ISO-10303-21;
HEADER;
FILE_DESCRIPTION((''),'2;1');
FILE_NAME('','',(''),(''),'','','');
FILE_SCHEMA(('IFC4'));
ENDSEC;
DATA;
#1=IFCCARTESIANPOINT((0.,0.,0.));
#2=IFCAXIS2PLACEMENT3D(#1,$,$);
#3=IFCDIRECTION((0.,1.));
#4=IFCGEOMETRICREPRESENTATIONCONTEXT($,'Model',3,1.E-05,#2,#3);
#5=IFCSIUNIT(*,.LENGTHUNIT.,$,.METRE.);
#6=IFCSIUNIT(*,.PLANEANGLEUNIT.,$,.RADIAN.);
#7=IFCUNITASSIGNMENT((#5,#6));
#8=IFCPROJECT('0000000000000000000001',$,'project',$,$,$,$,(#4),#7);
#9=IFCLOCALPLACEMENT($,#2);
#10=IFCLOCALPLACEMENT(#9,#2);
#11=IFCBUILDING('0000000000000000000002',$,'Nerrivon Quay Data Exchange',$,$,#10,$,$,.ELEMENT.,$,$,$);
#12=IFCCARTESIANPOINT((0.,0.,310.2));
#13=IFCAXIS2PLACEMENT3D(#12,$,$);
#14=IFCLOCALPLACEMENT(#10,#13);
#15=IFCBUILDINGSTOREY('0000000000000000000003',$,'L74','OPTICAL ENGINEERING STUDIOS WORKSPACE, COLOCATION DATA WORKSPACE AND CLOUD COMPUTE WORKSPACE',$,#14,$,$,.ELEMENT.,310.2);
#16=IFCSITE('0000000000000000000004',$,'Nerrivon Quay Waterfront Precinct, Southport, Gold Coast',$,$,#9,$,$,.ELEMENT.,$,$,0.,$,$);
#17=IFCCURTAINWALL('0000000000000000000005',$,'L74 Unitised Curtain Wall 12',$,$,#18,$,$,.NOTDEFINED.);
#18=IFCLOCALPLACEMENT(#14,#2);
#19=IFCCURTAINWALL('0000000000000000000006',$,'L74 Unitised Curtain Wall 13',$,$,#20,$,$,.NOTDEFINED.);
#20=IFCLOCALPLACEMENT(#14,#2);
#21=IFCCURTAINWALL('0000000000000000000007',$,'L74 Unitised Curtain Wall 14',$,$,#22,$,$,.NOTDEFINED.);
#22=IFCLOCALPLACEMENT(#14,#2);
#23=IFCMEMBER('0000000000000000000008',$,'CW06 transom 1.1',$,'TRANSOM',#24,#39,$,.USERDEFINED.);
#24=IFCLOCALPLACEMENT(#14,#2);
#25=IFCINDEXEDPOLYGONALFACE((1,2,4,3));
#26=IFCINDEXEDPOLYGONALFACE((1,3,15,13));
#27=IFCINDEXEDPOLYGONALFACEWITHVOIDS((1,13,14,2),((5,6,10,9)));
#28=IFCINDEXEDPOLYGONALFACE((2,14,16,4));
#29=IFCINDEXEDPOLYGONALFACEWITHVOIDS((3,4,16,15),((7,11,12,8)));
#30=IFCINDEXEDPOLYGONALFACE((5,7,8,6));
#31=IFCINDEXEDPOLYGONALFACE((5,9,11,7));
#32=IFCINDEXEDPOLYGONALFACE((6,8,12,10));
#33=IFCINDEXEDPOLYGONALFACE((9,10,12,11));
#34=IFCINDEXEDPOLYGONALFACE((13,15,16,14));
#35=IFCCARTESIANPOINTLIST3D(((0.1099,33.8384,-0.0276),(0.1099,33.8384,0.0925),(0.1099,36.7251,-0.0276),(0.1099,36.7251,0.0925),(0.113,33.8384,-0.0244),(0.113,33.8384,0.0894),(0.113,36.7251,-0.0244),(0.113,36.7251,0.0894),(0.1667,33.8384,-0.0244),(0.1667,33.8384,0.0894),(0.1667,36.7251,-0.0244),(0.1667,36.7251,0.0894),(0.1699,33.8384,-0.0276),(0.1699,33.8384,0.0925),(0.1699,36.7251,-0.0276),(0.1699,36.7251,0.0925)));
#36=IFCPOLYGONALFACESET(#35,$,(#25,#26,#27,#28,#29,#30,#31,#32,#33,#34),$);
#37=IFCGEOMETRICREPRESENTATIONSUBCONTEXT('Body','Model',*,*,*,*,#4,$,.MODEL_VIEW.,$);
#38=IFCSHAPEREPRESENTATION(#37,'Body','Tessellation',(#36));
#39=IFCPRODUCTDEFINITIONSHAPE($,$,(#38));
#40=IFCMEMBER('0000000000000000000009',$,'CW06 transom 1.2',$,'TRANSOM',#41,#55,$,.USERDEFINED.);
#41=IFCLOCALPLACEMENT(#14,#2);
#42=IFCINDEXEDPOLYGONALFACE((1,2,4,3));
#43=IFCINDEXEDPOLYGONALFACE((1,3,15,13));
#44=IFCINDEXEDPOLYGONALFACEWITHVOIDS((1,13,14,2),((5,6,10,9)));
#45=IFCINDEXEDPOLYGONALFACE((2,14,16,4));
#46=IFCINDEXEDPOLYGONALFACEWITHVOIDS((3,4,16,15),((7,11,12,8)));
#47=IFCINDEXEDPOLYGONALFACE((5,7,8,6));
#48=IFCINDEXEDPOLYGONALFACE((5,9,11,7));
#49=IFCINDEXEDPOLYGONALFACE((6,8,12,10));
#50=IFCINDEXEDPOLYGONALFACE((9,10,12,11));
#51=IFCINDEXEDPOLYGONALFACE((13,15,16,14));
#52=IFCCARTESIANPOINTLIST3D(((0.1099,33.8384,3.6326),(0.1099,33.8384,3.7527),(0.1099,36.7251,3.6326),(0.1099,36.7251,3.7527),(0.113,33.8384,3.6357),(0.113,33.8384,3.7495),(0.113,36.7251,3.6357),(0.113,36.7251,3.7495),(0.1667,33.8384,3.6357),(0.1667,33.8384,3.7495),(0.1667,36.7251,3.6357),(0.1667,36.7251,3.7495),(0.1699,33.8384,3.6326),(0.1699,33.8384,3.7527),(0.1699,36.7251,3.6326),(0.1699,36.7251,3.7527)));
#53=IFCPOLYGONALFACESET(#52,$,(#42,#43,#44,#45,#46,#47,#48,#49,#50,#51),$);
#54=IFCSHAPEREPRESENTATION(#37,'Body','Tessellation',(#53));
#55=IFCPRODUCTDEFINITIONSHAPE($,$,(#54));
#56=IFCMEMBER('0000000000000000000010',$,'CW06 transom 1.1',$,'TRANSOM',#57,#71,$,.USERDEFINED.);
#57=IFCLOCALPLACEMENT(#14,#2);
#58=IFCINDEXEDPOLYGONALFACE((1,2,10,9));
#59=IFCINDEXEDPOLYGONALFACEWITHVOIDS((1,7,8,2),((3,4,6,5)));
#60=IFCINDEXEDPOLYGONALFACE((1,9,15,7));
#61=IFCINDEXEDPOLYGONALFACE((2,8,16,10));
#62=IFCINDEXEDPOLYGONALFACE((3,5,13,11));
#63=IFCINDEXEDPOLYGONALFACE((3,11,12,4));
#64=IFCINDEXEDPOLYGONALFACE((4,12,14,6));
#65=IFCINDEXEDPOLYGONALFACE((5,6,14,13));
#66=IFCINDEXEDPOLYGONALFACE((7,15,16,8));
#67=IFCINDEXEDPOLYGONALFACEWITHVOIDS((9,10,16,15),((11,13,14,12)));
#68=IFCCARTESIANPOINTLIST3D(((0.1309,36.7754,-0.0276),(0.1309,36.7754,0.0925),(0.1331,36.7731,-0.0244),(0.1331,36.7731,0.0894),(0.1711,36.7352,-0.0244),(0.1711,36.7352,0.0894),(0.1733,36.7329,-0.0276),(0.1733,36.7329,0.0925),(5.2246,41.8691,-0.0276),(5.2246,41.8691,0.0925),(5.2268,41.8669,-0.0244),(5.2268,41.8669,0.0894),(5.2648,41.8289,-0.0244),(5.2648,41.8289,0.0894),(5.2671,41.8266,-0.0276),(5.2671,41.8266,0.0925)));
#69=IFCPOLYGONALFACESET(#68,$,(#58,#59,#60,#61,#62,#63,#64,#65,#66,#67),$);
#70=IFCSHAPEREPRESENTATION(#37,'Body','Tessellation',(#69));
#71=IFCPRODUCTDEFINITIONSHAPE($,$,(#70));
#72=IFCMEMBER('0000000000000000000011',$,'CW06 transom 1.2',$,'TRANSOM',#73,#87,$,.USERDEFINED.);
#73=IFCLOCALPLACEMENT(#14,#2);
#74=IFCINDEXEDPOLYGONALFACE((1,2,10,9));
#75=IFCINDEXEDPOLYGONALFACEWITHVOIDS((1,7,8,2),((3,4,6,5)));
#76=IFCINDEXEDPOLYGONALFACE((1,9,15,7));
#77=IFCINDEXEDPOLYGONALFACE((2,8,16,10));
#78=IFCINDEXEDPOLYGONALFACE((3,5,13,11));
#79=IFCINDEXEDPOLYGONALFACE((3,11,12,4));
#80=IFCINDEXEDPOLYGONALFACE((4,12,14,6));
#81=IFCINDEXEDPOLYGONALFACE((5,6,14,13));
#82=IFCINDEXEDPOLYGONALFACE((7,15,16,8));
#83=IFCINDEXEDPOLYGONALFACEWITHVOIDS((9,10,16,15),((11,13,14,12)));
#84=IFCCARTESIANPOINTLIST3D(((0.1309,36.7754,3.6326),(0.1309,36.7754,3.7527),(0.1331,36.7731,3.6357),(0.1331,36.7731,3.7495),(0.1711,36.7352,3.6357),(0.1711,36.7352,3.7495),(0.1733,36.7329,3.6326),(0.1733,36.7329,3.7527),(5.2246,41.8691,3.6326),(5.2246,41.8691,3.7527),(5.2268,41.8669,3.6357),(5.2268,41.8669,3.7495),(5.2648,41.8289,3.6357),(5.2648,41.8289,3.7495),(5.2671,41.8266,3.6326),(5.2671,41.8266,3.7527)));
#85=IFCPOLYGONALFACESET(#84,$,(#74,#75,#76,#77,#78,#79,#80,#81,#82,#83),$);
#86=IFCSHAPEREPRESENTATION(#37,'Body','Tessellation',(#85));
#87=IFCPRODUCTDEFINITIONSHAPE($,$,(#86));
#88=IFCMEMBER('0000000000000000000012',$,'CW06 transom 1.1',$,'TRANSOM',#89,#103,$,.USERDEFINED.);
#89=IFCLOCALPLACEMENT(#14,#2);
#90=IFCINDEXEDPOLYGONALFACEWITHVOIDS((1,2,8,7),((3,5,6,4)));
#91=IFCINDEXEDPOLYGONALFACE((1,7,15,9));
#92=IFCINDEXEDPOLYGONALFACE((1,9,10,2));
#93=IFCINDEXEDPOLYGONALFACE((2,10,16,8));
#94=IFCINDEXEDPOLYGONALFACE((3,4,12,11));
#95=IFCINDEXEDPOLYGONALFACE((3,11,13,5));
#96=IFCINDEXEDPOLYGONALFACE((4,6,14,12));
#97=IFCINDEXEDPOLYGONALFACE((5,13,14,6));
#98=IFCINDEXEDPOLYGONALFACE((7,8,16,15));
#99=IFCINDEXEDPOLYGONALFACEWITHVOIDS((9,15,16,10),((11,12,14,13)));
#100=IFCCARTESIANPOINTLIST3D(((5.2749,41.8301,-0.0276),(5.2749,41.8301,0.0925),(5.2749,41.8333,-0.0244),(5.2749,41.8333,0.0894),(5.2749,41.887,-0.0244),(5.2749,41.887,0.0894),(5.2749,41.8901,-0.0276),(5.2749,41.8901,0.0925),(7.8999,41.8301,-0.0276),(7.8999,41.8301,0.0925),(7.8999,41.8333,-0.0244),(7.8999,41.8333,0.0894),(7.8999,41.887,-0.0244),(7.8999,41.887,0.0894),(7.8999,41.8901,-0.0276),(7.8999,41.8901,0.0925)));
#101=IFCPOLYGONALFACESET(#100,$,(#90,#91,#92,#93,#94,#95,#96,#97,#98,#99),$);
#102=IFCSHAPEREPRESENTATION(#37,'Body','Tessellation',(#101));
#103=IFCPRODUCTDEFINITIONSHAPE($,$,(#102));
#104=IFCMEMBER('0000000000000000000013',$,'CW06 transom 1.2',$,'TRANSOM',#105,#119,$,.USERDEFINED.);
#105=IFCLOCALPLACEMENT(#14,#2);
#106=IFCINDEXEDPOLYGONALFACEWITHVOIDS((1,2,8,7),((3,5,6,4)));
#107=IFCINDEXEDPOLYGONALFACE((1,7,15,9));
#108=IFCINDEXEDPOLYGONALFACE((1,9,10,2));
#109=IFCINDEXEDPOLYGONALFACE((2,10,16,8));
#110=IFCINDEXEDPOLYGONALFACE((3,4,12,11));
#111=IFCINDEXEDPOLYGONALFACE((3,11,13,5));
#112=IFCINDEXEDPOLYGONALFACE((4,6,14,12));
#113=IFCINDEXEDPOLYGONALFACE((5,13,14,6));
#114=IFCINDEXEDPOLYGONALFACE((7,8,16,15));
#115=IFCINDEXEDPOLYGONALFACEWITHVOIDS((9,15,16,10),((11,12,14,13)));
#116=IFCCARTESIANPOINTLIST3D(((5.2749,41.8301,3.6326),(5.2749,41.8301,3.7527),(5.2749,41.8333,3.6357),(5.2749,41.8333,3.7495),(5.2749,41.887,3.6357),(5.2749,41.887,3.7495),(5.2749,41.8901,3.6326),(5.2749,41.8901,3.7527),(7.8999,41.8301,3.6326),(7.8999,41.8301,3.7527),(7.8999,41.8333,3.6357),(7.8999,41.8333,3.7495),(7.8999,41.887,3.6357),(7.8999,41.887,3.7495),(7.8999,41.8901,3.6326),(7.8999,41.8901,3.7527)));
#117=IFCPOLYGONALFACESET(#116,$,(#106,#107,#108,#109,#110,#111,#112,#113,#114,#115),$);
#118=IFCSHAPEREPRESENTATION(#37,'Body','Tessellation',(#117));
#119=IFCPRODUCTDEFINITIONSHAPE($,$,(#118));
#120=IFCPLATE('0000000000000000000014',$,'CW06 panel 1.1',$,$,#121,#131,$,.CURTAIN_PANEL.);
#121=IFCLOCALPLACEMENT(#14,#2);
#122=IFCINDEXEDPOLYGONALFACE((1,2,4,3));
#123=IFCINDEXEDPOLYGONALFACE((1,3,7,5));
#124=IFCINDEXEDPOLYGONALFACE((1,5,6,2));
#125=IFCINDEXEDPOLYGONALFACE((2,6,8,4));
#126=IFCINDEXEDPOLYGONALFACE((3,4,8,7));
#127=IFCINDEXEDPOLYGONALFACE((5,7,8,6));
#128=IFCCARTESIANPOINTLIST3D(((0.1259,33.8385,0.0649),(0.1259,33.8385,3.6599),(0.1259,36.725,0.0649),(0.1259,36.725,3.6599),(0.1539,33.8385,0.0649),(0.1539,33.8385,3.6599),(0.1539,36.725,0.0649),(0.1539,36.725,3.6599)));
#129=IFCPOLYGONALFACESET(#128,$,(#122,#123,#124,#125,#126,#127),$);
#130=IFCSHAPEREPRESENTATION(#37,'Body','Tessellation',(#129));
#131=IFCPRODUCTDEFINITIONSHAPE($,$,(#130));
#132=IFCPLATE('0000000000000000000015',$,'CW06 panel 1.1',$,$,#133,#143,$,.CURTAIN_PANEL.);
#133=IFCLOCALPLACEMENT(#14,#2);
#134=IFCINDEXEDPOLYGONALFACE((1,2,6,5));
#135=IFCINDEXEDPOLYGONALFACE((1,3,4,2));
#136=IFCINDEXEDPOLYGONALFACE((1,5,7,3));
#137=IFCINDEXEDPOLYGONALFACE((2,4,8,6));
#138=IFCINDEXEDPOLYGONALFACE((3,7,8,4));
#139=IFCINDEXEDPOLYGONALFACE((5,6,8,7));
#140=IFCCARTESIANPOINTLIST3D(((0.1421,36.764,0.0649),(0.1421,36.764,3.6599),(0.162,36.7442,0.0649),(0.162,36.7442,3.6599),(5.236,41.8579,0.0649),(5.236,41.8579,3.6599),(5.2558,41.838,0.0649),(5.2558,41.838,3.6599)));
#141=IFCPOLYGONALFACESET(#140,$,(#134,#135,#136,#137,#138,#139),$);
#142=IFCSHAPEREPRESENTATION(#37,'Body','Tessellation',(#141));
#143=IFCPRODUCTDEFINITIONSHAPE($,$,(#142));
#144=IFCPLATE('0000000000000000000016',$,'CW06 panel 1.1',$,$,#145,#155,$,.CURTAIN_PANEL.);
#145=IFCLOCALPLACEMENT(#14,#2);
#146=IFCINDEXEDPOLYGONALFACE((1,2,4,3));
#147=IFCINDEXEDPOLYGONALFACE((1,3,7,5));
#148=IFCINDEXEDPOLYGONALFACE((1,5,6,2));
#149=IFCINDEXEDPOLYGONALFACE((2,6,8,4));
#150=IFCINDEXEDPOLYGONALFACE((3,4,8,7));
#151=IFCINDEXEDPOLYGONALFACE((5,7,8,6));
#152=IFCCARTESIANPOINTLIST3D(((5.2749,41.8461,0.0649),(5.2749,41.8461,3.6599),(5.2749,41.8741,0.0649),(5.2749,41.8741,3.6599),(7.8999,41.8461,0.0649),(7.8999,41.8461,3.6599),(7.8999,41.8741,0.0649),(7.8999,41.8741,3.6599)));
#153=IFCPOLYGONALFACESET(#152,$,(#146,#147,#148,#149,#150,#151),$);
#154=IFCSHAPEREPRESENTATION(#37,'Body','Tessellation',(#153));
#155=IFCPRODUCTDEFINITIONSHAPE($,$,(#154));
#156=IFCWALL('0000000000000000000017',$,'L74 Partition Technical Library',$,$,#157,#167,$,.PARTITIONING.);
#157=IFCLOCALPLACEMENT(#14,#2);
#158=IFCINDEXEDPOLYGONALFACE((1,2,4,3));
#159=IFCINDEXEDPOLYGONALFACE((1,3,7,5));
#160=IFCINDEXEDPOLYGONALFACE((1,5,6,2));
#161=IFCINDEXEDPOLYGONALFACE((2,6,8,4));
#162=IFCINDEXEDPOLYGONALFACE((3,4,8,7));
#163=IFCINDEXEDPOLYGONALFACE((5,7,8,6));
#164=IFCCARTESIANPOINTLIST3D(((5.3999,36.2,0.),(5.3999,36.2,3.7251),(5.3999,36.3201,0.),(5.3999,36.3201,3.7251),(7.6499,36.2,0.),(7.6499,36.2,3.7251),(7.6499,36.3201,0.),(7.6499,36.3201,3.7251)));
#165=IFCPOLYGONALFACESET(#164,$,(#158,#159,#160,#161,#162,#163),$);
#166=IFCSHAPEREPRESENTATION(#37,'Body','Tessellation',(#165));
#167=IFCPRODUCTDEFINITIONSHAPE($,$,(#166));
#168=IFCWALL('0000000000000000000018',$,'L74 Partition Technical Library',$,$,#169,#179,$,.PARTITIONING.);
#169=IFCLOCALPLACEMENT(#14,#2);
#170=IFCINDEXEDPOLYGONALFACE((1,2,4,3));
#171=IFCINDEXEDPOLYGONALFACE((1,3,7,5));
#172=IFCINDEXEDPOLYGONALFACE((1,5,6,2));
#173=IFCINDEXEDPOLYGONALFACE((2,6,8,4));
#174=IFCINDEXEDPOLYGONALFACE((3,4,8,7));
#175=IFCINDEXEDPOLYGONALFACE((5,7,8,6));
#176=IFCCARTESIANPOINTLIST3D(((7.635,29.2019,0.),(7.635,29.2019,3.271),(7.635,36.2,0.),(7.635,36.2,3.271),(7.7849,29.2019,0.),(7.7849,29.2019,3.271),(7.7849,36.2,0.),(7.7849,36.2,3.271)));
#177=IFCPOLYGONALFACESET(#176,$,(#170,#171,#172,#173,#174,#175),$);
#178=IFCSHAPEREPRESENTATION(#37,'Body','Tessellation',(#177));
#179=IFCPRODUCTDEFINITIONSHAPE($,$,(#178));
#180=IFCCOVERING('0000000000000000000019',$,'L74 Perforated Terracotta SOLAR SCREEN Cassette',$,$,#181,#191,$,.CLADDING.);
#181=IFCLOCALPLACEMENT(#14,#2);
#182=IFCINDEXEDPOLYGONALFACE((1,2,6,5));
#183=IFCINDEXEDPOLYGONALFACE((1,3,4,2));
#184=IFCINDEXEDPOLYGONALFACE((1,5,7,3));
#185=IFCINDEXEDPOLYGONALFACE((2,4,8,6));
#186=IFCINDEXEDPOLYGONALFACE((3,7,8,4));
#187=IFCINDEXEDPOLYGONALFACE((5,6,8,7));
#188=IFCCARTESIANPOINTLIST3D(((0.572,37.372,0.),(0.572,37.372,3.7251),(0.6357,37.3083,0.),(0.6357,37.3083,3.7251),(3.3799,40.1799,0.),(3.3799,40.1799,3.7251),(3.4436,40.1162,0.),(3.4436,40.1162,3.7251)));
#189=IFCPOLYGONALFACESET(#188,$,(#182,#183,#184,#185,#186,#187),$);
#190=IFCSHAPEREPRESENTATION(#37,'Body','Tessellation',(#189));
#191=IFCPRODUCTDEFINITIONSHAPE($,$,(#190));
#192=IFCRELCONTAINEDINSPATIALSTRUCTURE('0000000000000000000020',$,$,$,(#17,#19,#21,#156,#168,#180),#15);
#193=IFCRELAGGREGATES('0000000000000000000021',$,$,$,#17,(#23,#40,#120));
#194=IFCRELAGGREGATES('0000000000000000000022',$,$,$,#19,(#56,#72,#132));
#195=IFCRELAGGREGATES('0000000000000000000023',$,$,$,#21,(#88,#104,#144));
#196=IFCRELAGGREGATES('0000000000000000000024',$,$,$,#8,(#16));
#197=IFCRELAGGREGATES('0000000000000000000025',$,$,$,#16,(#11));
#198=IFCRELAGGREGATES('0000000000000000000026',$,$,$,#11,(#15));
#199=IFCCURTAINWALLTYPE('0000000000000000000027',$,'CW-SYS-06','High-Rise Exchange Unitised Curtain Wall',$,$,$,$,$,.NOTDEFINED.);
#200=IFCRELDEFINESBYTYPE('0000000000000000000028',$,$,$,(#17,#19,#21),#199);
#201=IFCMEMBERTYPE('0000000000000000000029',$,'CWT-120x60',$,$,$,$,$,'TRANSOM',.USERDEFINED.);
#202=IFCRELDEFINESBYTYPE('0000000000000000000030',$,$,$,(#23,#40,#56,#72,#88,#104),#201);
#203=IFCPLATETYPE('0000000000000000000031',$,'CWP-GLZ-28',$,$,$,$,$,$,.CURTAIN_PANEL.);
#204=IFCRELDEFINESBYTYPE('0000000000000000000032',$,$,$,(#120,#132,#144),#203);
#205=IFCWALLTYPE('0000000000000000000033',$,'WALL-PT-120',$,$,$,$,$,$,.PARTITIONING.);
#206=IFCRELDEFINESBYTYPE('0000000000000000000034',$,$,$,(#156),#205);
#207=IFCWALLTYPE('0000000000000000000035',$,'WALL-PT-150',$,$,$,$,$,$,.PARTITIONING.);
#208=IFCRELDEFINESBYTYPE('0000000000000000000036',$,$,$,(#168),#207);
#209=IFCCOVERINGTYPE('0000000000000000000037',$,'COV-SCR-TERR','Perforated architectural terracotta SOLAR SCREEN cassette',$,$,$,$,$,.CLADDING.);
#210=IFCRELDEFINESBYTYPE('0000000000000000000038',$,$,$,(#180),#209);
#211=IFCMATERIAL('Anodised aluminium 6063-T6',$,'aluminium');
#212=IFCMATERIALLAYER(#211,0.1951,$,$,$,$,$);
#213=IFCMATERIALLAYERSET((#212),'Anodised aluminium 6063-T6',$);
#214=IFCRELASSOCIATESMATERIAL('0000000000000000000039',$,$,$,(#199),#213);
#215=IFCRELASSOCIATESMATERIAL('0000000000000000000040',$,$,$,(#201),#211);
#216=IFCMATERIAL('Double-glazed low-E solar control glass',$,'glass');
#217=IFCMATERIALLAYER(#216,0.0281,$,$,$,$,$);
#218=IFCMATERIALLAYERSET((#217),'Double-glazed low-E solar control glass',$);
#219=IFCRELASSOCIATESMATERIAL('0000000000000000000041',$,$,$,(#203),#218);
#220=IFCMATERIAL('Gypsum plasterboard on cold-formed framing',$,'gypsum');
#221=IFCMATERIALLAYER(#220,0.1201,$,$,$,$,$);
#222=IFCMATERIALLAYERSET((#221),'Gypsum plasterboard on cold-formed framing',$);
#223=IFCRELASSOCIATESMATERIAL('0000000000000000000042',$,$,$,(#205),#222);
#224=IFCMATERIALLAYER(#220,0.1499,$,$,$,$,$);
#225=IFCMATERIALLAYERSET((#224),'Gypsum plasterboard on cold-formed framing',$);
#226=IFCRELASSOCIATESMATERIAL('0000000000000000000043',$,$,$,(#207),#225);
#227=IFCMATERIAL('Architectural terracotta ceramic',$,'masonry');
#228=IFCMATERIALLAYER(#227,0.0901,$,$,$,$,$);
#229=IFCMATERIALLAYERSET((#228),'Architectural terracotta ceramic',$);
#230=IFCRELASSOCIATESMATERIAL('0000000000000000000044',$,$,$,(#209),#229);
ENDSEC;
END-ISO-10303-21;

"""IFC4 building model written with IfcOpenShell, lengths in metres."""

from ifc_helpers import new_model, si_unit, direction, frame, frame_2d, origin, origin_2d, place, context, subcontext, project, spatial, rectangle, hollow_rectangle, extrude, material, layer, layer_set, material_profile, profile_set, type_object, element, aggregate, save


model = new_model("IFC4")

# Units and contexts
model_context = context("Model", 3, precision=1e-05, world=origin(), true_north=direction((0.0, 1.0)))
body_context = subcontext(model_context, "Body", "Model", "MODEL_VIEW")
ifc_project = project(units=[si_unit("LENGTHUNIT", "METRE"), si_unit("PLANEANGLEUNIT", "RADIAN")], contexts=[model_context])

# Site, building, storey
site_placement = place(None, origin())
site = spatial("IfcSite", under=ifc_project, at=site_placement, Name="Nerrivon Quay Waterfront Precinct, Southport, Gold Coast", CompositionType="ELEMENT", RefElevation=0.0)
building_placement = place(site_placement, origin())
building = spatial("IfcBuilding", under=site, at=building_placement, Name="Nerrivon Quay Data Exchange", CompositionType="ELEMENT")
storey_placement = place(building_placement, frame((0.0, 0.0, 310.2)))
storey = spatial("IfcBuildingStorey", under=building, at=storey_placement, Name="L74", Description="OPTICAL ENGINEERING STUDIOS WORKSPACE, COLOCATION DATA WORKSPACE AND CLOUD COMPUTE WORKSPACE", CompositionType="ELEMENT", Elevation=310.2)

# Curtain walls
ifc_material_1 = material(Name="Anodised aluminium 6063-T6", Category="aluminium")
ifc_layer_1 = layer(ifc_material_1, 0.1951)
ifc_layer_set_1 = layer_set([ifc_layer_1], Name="Anodised aluminium 6063-T6")
curtain_wall_type = type_object("IfcCurtainWallType", Name="CW-SYS-06", Description="High-Rise Exchange Unitised Curtain Wall", PredefinedType="NOTDEFINED", material=ifc_layer_set_1)
curtain_wall_1_placement = place(storey_placement, origin())
curtain_wall_1 = element("IfcCurtainWall", 1, at=curtain_wall_1_placement, inside=storey, type_object=curtain_wall_type, Name="L74 Unitised Curtain Wall 12", PredefinedType="NOTDEFINED")
curtain_wall_2_placement = place(storey_placement, origin())
curtain_wall_2 = element("IfcCurtainWall", 2, at=curtain_wall_2_placement, inside=storey, type_object=curtain_wall_type, Name="L74 Unitised Curtain Wall 13", PredefinedType="NOTDEFINED")

# Curtain wall
curtain_wall_3_placement = place(storey_placement, origin())
curtain_wall_3 = element("IfcCurtainWall", 3, at=curtain_wall_3_placement, inside=storey, type_object=curtain_wall_type, Name="L74 Unitised Curtain Wall 14", PredefinedType="NOTDEFINED")

# Members
ifc_material_profile_1 = material_profile(ifc_material_1, hollow_rectangle(XDim=0.0601, YDim=0.1201, WallThickness=0.0032, at=origin_2d()), Name="ALU-TRAN-120x60")
ifc_profile_set_1 = profile_set([ifc_material_profile_1], Name="Anodised aluminium 6063-T6")
member_type_1 = type_object("IfcMemberType", Name="CWT-120x60", ElementType="TRANSOM", PredefinedType="USERDEFINED", material=ifc_profile_set_1)
member_1_placement = place(storey_placement, frame((0.1399, 33.8384, 0.0325), z_axis=(0.0, 1.0, 0.0), x_axis=(-1.0, 0.0, 0.0)))
member_1 = element("IfcMember", 4, at=member_1_placement, type_object=member_type_1, Name="CW06 transom 1.1", ObjectType="TRANSOM", PredefinedType="USERDEFINED", context=body_context, shape_type="SweptSolid", body=[
    extrude(hollow_rectangle(XDim=0.0601, YDim=0.1201, WallThickness=0.0032, at=origin_2d()), origin(), (0.0, 0.0, 1.0), 2.8867),
])
member_2_placement = place(storey_placement, frame((0.1399, 33.8384, 3.6926), z_axis=(0.0, 1.0, 0.0), x_axis=(-1.0, 0.0, 0.0)))
member_2 = element("IfcMember", 5, at=member_2_placement, type_object=member_type_1, Name="CW06 transom 1.2", ObjectType="TRANSOM", PredefinedType="USERDEFINED", context=body_context, shape_type="SweptSolid", body=[
    extrude(hollow_rectangle(XDim=0.0601, YDim=0.1201, WallThickness=0.0032, at=origin_2d()), origin(), (0.0, 0.0, 1.0), 2.8867),
])
member_3_placement = place(storey_placement, frame((0.1521, 36.7542, 0.0325), z_axis=(0.707107, 0.707107, 0.0), x_axis=(-0.707107, 0.707107, 0.0)))
member_3 = element("IfcMember", 6, at=member_3_placement, type_object=member_type_1, Name="CW06 transom 1.1", ObjectType="TRANSOM", PredefinedType="USERDEFINED", context=body_context, shape_type="SweptSolid", body=[
    extrude(hollow_rectangle(XDim=0.0601, YDim=0.1201, WallThickness=0.0032, at=origin_2d()), origin(), (0.0, 0.0, 1.0), 7.2036),
])
member_4_placement = place(storey_placement, frame((0.1521, 36.7542, 3.6926), z_axis=(0.707107, 0.707107, 0.0), x_axis=(-0.707107, 0.707107, 0.0)))
member_4 = element("IfcMember", 7, at=member_4_placement, type_object=member_type_1, Name="CW06 transom 1.2", ObjectType="TRANSOM", PredefinedType="USERDEFINED", context=body_context, shape_type="SweptSolid", body=[
    extrude(hollow_rectangle(XDim=0.0601, YDim=0.1201, WallThickness=0.0032, at=origin_2d()), origin(), (0.0, 0.0, 1.0), 7.2036),
])
member_5_placement = place(storey_placement, frame((5.2749, 41.8601, 0.0325), z_axis=(1.0, 0.0, 0.0), x_axis=(0.0, 1.0, 0.0)))
member_5 = element("IfcMember", 8, at=member_5_placement, type_object=member_type_1, Name="CW06 transom 1.1", ObjectType="TRANSOM", PredefinedType="USERDEFINED", context=body_context, shape_type="SweptSolid", body=[
    extrude(hollow_rectangle(XDim=0.0601, YDim=0.1201, WallThickness=0.0032, at=origin_2d()), origin(), (0.0, 0.0, 1.0), 2.625),
])
member_6_placement = place(storey_placement, frame((5.2749, 41.8601, 3.6926), z_axis=(1.0, 0.0, 0.0), x_axis=(0.0, 1.0, 0.0)))
member_6 = element("IfcMember", 9, at=member_6_placement, type_object=member_type_1, Name="CW06 transom 1.2", ObjectType="TRANSOM", PredefinedType="USERDEFINED", context=body_context, shape_type="SweptSolid", body=[
    extrude(hollow_rectangle(XDim=0.0601, YDim=0.1201, WallThickness=0.0032, at=origin_2d()), origin(), (0.0, 0.0, 1.0), 2.625),
])

# Plates
ifc_material_2 = material(Name="Double-glazed low-E solar control glass", Category="glass")
ifc_layer_2 = layer(ifc_material_2, 0.0281)
ifc_layer_set_2 = layer_set([ifc_layer_2], Name="Double-glazed low-E solar control glass")
plate_type = type_object("IfcPlateType", Name="CWP-GLZ-28", PredefinedType="CURTAIN_PANEL", material=ifc_layer_set_2)
plate_1_placement = place(storey_placement, frame((0.1399, 35.2817, 0.0649), z_axis=(0.0, 0.0, 1.0), x_axis=(0.0, 1.0, 0.0)))
plate_1 = element("IfcPlate", 10, at=plate_1_placement, type_object=plate_type, Name="CW06 panel 1.1", PredefinedType="CURTAIN_PANEL", context=body_context, shape_type="SweptSolid", body=[
    extrude(rectangle(XDim=2.8865, YDim=0.0281, at=origin_2d()), origin(), (0.0, 0.0, 1.0), 3.595),
])
aggregate(curtain_wall_1, [member_1, member_2, plate_1])
plate_2_placement = place(storey_placement, frame((2.699, 39.301, 0.0649), z_axis=(0.0, 0.0, 1.0), x_axis=(0.707107, 0.707107, 0.0)))
plate_2 = element("IfcPlate", 11, at=plate_2_placement, type_object=plate_type, Name="CW06 panel 1.1", PredefinedType="CURTAIN_PANEL", context=body_context, shape_type="SweptSolid", body=[
    extrude(rectangle(XDim=7.2039, YDim=0.0281, at=origin_2d()), origin(), (0.0, 0.0, 1.0), 3.595),
])
aggregate(curtain_wall_2, [member_3, member_4, plate_2])
plate_3_placement = place(storey_placement, frame((6.5874, 41.8601, 0.0649), z_axis=(0.0, 0.0, 1.0), x_axis=(1.0, 0.0, 0.0)))
plate_3 = element("IfcPlate", 12, at=plate_3_placement, type_object=plate_type, Name="CW06 panel 1.1", PredefinedType="CURTAIN_PANEL", context=body_context, shape_type="SweptSolid", body=[
    extrude(rectangle(XDim=2.625, YDim=0.0281, at=origin_2d()), origin(), (0.0, 0.0, 1.0), 3.595),
])
aggregate(curtain_wall_3, [member_5, member_6, plate_3])

# Walls
ifc_material_3 = material(Name="Gypsum plasterboard on cold-formed framing", Category="gypsum")
ifc_layer_3 = layer(ifc_material_3, 0.1201)
ifc_layer_set_3 = layer_set([ifc_layer_3], Name="Gypsum plasterboard on cold-formed framing")
wall_type_1 = type_object("IfcWallType", Name="WALL-PT-120", PredefinedType="PARTITIONING", material=ifc_layer_set_3)
wall_1_placement = place(storey_placement, frame((5.3999, 36.26, 0.0), z_axis=(0.0, 0.0, 1.0), x_axis=(1.0, 0.0, 0.0)))
element("IfcWall", 13, at=wall_1_placement, inside=storey, type_object=wall_type_1, Name="L74 Partition Technical Library", PredefinedType="PARTITIONING", context=body_context, shape_type="SweptSolid", body=[
    extrude(rectangle(XDim=2.25, YDim=0.1201, at=frame_2d((1.125, 0.0))), origin(), (0.0, 0.0, 1.0), 3.7251),
])
ifc_layer_4 = layer(ifc_material_3, 0.1499)
ifc_layer_set_4 = layer_set([ifc_layer_4], Name="Gypsum plasterboard on cold-formed framing")
wall_type_2 = type_object("IfcWallType", Name="WALL-PT-150", PredefinedType="PARTITIONING", material=ifc_layer_set_4)
wall_2_placement = place(storey_placement, frame((7.71, 36.2, 0.0), z_axis=(0.0, 0.0, 1.0), x_axis=(0.0, -1.0, 0.0)))
element("IfcWall", 14, at=wall_2_placement, inside=storey, type_object=wall_type_2, Name="L74 Partition Technical Library", PredefinedType="PARTITIONING", context=body_context, shape_type="SweptSolid", body=[
    extrude(rectangle(XDim=6.998, YDim=0.1499, at=frame_2d((3.499, 0.0))), origin(), (0.0, 0.0, 1.0), 3.271),
])

# Covering
ifc_material_4 = material(Name="Architectural terracotta ceramic", Category="masonry")
ifc_layer_5 = layer(ifc_material_4, 0.0901)
ifc_layer_set_5 = layer_set([ifc_layer_5], Name="Architectural terracotta ceramic")
covering_type = type_object("IfcCoveringType", Name="COV-SCR-TERR", Description="Perforated architectural terracotta SOLAR SCREEN cassette", PredefinedType="CLADDING", material=ifc_layer_set_5)
covering_placement = place(storey_placement, frame((2.0078, 38.7441, 0.0), z_axis=(0.0, 0.0, 1.0), x_axis=(0.707107, 0.707107, 0.0)))
element("IfcCovering", 15, at=covering_placement, inside=storey, type_object=covering_type, Name="L74 Perforated Terracotta SOLAR SCREEN Cassette", PredefinedType="CLADDING", context=body_context, shape_type="SweptSolid", body=[
    extrude(rectangle(XDim=3.9709, YDim=0.0901, at=origin_2d()), origin(), (0.0, 0.0, 1.0), 3.7251),
])

save(model, "model.ifc")
